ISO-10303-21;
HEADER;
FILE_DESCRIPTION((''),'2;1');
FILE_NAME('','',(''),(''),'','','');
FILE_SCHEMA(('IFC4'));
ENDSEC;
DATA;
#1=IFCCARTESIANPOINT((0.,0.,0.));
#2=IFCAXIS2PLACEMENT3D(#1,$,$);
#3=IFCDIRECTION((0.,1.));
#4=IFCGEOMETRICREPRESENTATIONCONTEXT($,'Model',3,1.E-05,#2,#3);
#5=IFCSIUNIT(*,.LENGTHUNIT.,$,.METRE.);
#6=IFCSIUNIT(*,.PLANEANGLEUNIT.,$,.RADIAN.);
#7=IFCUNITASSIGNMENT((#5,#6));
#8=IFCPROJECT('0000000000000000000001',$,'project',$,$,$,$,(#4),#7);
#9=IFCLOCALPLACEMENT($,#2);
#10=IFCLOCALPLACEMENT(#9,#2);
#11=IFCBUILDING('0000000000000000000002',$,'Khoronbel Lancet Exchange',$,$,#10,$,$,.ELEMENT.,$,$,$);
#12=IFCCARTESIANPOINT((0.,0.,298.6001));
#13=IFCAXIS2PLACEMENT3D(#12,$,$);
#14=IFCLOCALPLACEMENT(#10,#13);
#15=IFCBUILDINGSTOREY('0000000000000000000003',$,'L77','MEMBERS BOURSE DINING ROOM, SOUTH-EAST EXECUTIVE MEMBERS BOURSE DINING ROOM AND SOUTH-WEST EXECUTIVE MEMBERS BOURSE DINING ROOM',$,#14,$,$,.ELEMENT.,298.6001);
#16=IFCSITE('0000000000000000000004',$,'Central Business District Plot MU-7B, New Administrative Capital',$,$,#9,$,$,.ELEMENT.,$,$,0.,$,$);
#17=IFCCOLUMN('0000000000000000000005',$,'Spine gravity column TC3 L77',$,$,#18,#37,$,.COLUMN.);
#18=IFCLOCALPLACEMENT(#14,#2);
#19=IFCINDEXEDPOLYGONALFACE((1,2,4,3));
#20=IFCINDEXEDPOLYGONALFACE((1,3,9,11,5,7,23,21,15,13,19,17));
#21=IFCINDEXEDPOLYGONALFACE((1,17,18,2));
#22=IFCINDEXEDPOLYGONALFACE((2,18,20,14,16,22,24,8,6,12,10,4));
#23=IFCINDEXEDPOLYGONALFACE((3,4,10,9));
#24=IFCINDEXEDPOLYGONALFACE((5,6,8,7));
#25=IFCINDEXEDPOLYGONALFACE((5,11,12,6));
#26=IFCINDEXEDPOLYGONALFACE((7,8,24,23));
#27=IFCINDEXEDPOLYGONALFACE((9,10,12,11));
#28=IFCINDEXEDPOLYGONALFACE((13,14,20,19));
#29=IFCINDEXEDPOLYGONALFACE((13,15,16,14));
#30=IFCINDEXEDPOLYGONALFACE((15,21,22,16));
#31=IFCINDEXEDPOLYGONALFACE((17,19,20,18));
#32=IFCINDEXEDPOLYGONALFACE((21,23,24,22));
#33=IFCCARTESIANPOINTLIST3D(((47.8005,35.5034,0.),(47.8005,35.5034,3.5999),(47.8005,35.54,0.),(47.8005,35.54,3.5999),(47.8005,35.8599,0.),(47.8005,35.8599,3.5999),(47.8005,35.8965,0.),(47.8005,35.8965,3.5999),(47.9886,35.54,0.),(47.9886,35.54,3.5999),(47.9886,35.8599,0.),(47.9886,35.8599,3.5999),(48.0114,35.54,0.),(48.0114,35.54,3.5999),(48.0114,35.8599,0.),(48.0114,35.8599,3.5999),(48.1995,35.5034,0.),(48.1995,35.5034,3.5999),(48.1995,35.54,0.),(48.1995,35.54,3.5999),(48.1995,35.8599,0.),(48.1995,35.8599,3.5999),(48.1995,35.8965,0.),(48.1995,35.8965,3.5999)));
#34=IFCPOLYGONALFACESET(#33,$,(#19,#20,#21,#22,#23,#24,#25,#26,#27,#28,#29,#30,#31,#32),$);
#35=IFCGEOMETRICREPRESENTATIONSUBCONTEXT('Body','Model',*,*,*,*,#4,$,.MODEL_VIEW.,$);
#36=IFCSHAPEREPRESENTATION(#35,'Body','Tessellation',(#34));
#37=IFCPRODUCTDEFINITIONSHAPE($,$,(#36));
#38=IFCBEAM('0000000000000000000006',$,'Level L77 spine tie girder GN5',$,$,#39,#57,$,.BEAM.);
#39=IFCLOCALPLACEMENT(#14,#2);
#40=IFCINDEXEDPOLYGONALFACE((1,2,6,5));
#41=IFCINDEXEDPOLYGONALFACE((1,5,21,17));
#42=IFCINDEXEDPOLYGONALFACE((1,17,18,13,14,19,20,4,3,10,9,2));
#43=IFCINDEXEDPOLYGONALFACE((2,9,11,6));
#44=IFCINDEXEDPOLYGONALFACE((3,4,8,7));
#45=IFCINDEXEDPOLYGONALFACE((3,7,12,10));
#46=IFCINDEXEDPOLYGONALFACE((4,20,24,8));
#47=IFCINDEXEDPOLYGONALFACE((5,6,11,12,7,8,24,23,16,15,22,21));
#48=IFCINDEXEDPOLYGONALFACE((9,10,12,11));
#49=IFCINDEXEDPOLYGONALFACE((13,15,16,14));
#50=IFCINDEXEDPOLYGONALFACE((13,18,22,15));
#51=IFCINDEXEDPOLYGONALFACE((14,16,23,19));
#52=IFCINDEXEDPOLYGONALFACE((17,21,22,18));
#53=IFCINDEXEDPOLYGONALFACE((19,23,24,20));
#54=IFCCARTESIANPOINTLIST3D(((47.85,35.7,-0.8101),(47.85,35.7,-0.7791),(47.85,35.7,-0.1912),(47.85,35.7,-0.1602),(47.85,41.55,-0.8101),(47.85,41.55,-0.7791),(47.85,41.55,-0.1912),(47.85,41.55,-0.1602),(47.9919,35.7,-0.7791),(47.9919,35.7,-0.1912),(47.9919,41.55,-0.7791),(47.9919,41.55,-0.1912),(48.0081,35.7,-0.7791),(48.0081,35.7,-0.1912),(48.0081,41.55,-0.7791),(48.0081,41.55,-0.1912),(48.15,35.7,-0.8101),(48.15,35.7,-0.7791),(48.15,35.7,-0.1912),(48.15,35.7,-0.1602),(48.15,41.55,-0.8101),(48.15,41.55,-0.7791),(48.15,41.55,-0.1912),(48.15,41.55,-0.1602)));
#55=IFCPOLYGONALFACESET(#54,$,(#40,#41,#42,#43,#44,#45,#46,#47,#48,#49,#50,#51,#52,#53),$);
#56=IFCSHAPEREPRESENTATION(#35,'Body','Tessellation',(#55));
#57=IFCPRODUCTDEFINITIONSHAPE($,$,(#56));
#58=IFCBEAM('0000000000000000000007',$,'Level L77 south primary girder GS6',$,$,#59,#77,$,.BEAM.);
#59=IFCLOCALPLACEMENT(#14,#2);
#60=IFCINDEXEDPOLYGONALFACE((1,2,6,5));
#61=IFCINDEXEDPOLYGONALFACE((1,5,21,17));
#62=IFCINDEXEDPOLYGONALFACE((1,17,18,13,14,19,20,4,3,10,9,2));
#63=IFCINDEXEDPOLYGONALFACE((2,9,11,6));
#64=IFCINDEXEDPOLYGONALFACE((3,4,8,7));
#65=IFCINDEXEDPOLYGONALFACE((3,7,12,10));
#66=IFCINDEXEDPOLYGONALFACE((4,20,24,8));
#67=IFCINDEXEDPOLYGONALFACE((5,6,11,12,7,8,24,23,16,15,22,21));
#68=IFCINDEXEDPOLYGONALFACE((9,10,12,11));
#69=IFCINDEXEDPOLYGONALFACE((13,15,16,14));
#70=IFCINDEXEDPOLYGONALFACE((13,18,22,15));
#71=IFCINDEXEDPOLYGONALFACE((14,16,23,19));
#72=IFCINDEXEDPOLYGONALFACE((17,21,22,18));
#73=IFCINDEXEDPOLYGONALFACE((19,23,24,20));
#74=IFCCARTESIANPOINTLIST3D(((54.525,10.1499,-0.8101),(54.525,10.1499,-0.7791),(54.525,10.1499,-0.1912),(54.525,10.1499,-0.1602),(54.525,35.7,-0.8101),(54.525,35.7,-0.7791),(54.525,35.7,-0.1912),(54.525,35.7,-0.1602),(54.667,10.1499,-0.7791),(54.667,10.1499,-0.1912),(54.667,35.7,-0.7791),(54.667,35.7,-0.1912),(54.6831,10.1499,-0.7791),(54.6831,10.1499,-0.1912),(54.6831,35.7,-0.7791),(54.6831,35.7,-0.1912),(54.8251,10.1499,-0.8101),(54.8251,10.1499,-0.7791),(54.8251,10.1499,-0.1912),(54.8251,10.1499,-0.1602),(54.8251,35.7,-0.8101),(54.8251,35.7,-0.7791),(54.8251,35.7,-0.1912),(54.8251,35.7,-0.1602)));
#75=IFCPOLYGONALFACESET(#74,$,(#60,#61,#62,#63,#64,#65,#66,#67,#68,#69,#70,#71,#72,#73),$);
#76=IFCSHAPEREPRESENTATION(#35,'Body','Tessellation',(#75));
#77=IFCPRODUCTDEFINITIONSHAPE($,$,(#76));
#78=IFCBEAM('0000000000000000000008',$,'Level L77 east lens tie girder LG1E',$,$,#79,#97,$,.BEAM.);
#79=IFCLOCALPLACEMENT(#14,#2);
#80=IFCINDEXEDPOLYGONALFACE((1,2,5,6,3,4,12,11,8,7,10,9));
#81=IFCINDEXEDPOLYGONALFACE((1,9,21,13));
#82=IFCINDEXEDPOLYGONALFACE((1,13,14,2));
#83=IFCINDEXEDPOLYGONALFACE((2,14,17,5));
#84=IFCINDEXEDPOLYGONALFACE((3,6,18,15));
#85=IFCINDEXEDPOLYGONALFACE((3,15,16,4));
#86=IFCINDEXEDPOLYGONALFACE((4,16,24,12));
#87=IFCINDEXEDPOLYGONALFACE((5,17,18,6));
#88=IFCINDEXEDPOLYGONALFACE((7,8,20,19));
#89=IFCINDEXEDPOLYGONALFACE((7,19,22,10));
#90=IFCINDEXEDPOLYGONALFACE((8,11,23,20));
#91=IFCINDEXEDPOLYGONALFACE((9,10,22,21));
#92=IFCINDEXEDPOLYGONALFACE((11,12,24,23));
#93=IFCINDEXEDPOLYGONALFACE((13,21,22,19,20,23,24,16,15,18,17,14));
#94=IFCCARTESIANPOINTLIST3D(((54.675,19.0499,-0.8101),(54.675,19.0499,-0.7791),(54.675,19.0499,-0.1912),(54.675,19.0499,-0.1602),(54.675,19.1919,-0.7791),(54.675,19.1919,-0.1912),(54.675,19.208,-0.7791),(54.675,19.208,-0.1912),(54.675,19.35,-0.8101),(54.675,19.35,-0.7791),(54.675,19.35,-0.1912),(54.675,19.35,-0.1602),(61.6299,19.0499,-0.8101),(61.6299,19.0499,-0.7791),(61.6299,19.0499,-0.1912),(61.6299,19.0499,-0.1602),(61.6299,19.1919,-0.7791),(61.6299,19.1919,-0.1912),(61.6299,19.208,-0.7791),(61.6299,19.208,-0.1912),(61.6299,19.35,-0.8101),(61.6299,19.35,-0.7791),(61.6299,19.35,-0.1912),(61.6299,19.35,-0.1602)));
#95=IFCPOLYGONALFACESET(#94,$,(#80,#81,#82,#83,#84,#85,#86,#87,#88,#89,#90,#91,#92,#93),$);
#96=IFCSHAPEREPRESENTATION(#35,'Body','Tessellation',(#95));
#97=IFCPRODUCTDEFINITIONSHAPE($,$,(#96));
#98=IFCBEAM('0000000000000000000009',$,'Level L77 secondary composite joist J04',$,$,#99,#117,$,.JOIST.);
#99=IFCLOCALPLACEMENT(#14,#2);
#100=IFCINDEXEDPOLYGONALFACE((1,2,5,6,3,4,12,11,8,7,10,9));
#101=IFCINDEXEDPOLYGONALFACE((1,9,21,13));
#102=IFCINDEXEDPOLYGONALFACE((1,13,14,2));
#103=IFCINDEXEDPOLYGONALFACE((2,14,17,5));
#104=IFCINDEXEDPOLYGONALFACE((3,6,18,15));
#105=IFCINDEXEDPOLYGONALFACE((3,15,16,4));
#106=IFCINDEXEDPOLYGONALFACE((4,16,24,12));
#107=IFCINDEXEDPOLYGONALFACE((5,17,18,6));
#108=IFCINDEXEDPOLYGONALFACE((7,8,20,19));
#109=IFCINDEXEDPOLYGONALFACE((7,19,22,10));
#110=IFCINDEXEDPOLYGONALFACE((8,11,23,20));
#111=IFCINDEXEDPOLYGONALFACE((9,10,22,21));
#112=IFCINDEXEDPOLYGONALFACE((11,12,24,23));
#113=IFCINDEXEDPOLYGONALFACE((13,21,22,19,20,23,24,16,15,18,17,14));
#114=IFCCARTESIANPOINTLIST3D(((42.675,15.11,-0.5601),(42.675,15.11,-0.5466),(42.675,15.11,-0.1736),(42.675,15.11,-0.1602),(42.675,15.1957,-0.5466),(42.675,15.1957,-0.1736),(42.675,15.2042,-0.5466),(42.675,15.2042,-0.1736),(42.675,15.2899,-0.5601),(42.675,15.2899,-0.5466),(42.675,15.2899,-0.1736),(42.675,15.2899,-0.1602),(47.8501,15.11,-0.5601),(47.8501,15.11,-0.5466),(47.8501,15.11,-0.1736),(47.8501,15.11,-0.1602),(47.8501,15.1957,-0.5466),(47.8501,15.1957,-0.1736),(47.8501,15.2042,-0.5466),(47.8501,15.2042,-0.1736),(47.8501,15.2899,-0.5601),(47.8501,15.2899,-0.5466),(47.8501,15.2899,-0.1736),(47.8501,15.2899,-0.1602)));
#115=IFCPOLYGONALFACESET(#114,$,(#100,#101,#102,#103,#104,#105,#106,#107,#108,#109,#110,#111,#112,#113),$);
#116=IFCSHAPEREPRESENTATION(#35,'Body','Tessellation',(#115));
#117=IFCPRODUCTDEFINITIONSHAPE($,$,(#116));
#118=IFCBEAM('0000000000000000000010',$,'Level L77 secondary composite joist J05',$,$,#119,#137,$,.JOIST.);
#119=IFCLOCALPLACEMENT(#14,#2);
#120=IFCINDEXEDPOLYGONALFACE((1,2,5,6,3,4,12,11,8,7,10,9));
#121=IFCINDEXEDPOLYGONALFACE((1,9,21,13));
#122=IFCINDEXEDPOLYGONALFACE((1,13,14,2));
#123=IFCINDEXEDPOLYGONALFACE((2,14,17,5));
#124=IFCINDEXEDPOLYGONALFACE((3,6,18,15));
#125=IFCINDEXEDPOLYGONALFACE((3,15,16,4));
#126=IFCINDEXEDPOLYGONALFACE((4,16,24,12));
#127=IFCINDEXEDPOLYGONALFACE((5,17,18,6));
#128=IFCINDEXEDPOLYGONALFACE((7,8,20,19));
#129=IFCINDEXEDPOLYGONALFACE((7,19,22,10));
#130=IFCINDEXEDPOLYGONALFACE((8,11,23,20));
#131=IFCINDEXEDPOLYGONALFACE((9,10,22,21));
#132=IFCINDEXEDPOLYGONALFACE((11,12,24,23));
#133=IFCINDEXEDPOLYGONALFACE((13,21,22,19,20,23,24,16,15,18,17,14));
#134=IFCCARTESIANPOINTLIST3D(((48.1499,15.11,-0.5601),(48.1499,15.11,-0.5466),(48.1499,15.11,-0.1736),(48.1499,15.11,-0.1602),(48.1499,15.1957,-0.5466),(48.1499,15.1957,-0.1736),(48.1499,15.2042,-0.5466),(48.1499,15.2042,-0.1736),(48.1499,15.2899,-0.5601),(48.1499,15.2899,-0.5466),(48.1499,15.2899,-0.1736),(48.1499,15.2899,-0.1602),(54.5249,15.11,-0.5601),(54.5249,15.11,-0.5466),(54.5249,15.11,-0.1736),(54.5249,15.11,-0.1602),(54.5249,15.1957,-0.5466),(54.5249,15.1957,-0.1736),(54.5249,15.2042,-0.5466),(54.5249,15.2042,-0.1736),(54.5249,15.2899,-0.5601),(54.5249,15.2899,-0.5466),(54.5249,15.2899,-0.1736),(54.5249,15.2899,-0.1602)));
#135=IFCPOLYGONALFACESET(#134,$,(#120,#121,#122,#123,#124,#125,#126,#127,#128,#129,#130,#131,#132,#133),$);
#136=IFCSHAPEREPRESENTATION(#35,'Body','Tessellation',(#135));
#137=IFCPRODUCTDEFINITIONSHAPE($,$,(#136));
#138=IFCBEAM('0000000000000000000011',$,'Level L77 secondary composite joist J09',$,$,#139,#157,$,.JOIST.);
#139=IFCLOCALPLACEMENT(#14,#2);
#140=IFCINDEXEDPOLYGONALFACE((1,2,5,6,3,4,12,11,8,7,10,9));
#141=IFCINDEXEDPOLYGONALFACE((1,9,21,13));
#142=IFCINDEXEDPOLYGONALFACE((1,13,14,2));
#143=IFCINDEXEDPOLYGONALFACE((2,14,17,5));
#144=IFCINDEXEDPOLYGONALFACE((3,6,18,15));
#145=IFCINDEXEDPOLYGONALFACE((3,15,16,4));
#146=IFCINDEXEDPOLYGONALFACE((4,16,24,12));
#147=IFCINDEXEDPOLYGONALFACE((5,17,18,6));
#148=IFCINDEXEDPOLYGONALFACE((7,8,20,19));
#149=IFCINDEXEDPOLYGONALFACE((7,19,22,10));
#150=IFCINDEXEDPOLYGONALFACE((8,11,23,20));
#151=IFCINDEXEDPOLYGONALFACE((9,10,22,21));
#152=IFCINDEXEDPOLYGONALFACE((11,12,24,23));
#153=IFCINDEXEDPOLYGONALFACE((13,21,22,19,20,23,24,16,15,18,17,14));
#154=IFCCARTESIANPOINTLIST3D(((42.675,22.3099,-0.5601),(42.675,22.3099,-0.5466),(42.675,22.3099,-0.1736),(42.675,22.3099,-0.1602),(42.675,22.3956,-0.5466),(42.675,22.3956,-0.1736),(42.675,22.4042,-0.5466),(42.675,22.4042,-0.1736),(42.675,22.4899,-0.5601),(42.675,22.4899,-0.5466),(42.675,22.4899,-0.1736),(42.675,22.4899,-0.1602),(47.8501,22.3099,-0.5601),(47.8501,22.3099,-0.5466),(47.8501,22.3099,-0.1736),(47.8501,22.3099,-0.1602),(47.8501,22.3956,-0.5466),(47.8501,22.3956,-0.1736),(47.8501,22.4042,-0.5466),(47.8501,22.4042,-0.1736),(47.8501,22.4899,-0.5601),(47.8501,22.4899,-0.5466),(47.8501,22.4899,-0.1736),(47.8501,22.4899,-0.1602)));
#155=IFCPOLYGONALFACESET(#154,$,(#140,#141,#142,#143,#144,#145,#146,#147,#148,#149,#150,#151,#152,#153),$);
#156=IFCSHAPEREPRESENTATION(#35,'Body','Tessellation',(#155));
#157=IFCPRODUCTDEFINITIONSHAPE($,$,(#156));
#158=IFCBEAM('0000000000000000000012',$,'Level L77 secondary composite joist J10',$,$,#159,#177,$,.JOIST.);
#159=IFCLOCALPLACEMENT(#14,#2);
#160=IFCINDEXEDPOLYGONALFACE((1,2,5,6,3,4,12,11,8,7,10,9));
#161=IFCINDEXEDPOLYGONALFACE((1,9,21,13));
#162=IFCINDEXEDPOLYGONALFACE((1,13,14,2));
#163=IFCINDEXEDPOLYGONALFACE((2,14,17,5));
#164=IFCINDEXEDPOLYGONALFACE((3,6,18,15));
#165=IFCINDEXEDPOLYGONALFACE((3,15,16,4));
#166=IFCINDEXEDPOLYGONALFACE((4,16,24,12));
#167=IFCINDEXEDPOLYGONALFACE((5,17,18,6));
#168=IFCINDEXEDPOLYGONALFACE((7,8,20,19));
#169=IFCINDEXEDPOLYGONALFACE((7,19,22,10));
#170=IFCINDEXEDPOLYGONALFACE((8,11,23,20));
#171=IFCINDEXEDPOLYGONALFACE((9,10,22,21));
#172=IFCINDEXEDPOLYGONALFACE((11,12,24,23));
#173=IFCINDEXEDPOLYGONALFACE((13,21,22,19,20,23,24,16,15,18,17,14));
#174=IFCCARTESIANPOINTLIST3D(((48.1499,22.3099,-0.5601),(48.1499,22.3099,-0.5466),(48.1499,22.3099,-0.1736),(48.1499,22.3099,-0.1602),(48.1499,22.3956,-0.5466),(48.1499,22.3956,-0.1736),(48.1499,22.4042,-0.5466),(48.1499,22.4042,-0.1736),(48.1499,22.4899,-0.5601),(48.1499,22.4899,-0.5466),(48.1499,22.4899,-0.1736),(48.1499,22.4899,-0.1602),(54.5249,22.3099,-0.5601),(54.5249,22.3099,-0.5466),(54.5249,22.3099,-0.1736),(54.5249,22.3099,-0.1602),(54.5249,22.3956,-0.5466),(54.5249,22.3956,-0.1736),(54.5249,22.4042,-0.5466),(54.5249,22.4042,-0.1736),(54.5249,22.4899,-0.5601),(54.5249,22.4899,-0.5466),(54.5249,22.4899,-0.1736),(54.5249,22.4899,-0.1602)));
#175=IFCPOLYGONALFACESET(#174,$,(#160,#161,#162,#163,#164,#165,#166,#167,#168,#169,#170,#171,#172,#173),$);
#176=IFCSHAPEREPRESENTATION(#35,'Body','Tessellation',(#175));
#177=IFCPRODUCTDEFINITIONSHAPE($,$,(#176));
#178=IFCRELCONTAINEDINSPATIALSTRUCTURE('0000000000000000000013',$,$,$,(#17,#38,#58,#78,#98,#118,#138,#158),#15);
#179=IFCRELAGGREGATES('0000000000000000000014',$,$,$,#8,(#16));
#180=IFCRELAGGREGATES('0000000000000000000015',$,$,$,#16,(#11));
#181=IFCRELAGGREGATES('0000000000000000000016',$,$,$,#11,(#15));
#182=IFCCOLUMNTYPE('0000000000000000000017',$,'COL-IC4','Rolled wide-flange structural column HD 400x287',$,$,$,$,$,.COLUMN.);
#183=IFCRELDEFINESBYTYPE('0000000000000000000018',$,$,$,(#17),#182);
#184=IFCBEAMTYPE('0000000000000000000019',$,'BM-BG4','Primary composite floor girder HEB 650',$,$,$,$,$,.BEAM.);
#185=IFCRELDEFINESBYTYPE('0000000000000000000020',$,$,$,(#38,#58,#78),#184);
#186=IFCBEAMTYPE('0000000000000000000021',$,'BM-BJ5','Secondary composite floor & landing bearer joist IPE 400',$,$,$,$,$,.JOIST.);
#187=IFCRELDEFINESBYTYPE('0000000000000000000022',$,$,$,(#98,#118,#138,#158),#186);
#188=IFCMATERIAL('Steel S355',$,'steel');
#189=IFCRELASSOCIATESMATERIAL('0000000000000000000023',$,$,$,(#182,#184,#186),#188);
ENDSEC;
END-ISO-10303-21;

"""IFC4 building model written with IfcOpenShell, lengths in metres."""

from ifc_helpers import new_model, si_unit, direction, frame, origin, origin_2d, place, context, subcontext, project, spatial, i_section, extrude, material, material_profile, profile_set, type_object, element, save


model = new_model("IFC4")

# Units and contexts
model_context = context("Model", 3, precision=1e-05, world=origin(), true_north=direction((0.0, 1.0)))
body_context = subcontext(model_context, "Body", "Model", "MODEL_VIEW")
ifc_project = project(units=[si_unit("LENGTHUNIT", "METRE"), si_unit("PLANEANGLEUNIT", "RADIAN")], contexts=[model_context])

# Site, building, storey
site_placement = place(None, origin())
site = spatial("IfcSite", under=ifc_project, at=site_placement, Name="Central Business District Plot MU-7B, New Administrative Capital", CompositionType="ELEMENT", RefElevation=0.0)
building_placement = place(site_placement, origin())
building = spatial("IfcBuilding", under=site, at=building_placement, Name="Khoronbel Lancet Exchange", CompositionType="ELEMENT")
storey_placement = place(building_placement, frame((0.0, 0.0, 298.6001)))
storey = spatial("IfcBuildingStorey", under=building, at=storey_placement, Name="L77", Description="MEMBERS BOURSE DINING ROOM, SOUTH-EAST EXECUTIVE MEMBERS BOURSE DINING ROOM AND SOUTH-WEST EXECUTIVE MEMBERS BOURSE DINING ROOM", CompositionType="ELEMENT", Elevation=298.6001)

# Column
ifc_material_1 = material(Name="Steel S355", Category="steel")
ifc_material_profile_1 = material_profile(ifc_material_1, i_section(OverallWidth=0.3989, OverallDepth=0.3931, WebThickness=0.0227, FlangeThickness=0.0366, at=origin_2d()), Name="HD 400x287")
ifc_profile_set_1 = profile_set([ifc_material_profile_1], Name="Steel S355")
column_type = type_object("IfcColumnType", Name="COL-IC4", Description="Rolled wide-flange structural column HD 400x287", PredefinedType="COLUMN", material=ifc_profile_set_1)
column_placement = place(storey_placement, frame((48.0, 35.7, 0.0), z_axis=(0.0, 0.0, 1.0), x_axis=(1.0, 0.0, 0.0)))
element("IfcColumn", 1, at=column_placement, inside=storey, type_object=column_type, Name="Spine gravity column TC3 L77", PredefinedType="COLUMN", context=body_context, shape_type="SweptSolid", body=[
    extrude(i_section(OverallWidth=0.3989, OverallDepth=0.3931, WebThickness=0.0227, FlangeThickness=0.0366, at=origin_2d()), origin(), (0.0, 0.0, 1.0), 3.5999),
])

# Beams
ifc_material_profile_2 = material_profile(ifc_material_1, i_section(OverallWidth=0.3, OverallDepth=0.6499, WebThickness=0.0161, FlangeThickness=0.031, at=origin_2d()), Name="HEB 650")
ifc_profile_set_2 = profile_set([ifc_material_profile_2], Name="Steel S355")
beam_type_1 = type_object("IfcBeamType", Name="BM-BG4", Description="Primary composite floor girder HEB 650", PredefinedType="BEAM", material=ifc_profile_set_2)
beam_1_placement = place(storey_placement, frame((48.0, 35.7, -0.4851), z_axis=(0.0, 1.0, 0.0), x_axis=(-1.0, 0.0, 0.0)))
element("IfcBeam", 2, at=beam_1_placement, inside=storey, type_object=beam_type_1, Name="Level L77 spine tie girder GN5", PredefinedType="BEAM", context=body_context, shape_type="SweptSolid", body=[
    extrude(i_section(OverallWidth=0.3, OverallDepth=0.6499, WebThickness=0.0161, FlangeThickness=0.031, at=origin_2d()), origin(), (0.0, 0.0, 1.0), 5.8501),
])
beam_2_placement = place(storey_placement, frame((54.675, 10.1499, -0.4851), z_axis=(0.0, 1.0, 0.0), x_axis=(-1.0, 0.0, 0.0)))
element("IfcBeam", 3, at=beam_2_placement, inside=storey, type_object=beam_type_1, Name="Level L77 south primary girder GS6", PredefinedType="BEAM", context=body_context, shape_type="SweptSolid", body=[
    extrude(i_section(OverallWidth=0.3, OverallDepth=0.6499, WebThickness=0.0161, FlangeThickness=0.031, at=origin_2d()), origin(), (0.0, 0.0, 1.0), 25.55),
])
beam_3_placement = place(storey_placement, frame((54.675, 19.2, -0.4851), z_axis=(1.0, 0.0, 0.0), x_axis=(0.0, 1.0, 0.0)))
element("IfcBeam", 4, at=beam_3_placement, inside=storey, type_object=beam_type_1, Name="Level L77 east lens tie girder LG1E", PredefinedType="BEAM", context=body_context, shape_type="SweptSolid", body=[
    extrude(i_section(OverallWidth=0.3, OverallDepth=0.6499, WebThickness=0.0161, FlangeThickness=0.031, at=origin_2d()), origin(), (0.0, 0.0, 1.0), 6.9548),
])
ifc_material_profile_3 = material_profile(ifc_material_1, i_section(OverallWidth=0.1799, OverallDepth=0.3999, WebThickness=0.0085, FlangeThickness=0.0134, at=origin_2d()), Name="IPE 400")
ifc_profile_set_3 = profile_set([ifc_material_profile_3], Name="Steel S355")
beam_type_2 = type_object("IfcBeamType", Name="BM-BJ5", Description="Secondary composite floor & landing bearer joist IPE 400", PredefinedType="JOIST", material=ifc_profile_set_3)
beam_4_placement = place(storey_placement, frame((42.675, 15.2, -0.3601), z_axis=(1.0, 0.0, 0.0), x_axis=(0.0, 1.0, 0.0)))
element("IfcBeam", 5, at=beam_4_placement, inside=storey, type_object=beam_type_2, Name="Level L77 secondary composite joist J04", PredefinedType="JOIST", context=body_context, shape_type="SweptSolid", body=[
    extrude(i_section(OverallWidth=0.1799, OverallDepth=0.3999, WebThickness=0.0085, FlangeThickness=0.0134, at=origin_2d()), origin(), (0.0, 0.0, 1.0), 5.175),
])
beam_5_placement = place(storey_placement, frame((48.1499, 15.2, -0.3601), z_axis=(1.0, 0.0, 0.0), x_axis=(0.0, 1.0, 0.0)))
element("IfcBeam", 6, at=beam_5_placement, inside=storey, type_object=beam_type_2, Name="Level L77 secondary composite joist J05", PredefinedType="JOIST", context=body_context, shape_type="SweptSolid", body=[
    extrude(i_section(OverallWidth=0.1799, OverallDepth=0.3999, WebThickness=0.0085, FlangeThickness=0.0134, at=origin_2d()), origin(), (0.0, 0.0, 1.0), 6.375),
])
beam_6_placement = place(storey_placement, frame((42.675, 22.3999, -0.3601), z_axis=(1.0, 0.0, 0.0), x_axis=(0.0, 1.0, 0.0)))
element("IfcBeam", 7, at=beam_6_placement, inside=storey, type_object=beam_type_2, Name="Level L77 secondary composite joist J09", PredefinedType="JOIST", context=body_context, shape_type="SweptSolid", body=[
    extrude(i_section(OverallWidth=0.1799, OverallDepth=0.3999, WebThickness=0.0085, FlangeThickness=0.0134, at=origin_2d()), origin(), (0.0, 0.0, 1.0), 5.175),
])
beam_7_placement = place(storey_placement, frame((48.1499, 22.3999, -0.3601), z_axis=(1.0, 0.0, 0.0), x_axis=(0.0, 1.0, 0.0)))
element("IfcBeam", 8, at=beam_7_placement, inside=storey, type_object=beam_type_2, Name="Level L77 secondary composite joist J10", PredefinedType="JOIST", context=body_context, shape_type="SweptSolid", body=[
    extrude(i_section(OverallWidth=0.1799, OverallDepth=0.3999, WebThickness=0.0085, FlangeThickness=0.0134, at=origin_2d()), origin(), (0.0, 0.0, 1.0), 6.375),
])

save(model, "model.ifc")
